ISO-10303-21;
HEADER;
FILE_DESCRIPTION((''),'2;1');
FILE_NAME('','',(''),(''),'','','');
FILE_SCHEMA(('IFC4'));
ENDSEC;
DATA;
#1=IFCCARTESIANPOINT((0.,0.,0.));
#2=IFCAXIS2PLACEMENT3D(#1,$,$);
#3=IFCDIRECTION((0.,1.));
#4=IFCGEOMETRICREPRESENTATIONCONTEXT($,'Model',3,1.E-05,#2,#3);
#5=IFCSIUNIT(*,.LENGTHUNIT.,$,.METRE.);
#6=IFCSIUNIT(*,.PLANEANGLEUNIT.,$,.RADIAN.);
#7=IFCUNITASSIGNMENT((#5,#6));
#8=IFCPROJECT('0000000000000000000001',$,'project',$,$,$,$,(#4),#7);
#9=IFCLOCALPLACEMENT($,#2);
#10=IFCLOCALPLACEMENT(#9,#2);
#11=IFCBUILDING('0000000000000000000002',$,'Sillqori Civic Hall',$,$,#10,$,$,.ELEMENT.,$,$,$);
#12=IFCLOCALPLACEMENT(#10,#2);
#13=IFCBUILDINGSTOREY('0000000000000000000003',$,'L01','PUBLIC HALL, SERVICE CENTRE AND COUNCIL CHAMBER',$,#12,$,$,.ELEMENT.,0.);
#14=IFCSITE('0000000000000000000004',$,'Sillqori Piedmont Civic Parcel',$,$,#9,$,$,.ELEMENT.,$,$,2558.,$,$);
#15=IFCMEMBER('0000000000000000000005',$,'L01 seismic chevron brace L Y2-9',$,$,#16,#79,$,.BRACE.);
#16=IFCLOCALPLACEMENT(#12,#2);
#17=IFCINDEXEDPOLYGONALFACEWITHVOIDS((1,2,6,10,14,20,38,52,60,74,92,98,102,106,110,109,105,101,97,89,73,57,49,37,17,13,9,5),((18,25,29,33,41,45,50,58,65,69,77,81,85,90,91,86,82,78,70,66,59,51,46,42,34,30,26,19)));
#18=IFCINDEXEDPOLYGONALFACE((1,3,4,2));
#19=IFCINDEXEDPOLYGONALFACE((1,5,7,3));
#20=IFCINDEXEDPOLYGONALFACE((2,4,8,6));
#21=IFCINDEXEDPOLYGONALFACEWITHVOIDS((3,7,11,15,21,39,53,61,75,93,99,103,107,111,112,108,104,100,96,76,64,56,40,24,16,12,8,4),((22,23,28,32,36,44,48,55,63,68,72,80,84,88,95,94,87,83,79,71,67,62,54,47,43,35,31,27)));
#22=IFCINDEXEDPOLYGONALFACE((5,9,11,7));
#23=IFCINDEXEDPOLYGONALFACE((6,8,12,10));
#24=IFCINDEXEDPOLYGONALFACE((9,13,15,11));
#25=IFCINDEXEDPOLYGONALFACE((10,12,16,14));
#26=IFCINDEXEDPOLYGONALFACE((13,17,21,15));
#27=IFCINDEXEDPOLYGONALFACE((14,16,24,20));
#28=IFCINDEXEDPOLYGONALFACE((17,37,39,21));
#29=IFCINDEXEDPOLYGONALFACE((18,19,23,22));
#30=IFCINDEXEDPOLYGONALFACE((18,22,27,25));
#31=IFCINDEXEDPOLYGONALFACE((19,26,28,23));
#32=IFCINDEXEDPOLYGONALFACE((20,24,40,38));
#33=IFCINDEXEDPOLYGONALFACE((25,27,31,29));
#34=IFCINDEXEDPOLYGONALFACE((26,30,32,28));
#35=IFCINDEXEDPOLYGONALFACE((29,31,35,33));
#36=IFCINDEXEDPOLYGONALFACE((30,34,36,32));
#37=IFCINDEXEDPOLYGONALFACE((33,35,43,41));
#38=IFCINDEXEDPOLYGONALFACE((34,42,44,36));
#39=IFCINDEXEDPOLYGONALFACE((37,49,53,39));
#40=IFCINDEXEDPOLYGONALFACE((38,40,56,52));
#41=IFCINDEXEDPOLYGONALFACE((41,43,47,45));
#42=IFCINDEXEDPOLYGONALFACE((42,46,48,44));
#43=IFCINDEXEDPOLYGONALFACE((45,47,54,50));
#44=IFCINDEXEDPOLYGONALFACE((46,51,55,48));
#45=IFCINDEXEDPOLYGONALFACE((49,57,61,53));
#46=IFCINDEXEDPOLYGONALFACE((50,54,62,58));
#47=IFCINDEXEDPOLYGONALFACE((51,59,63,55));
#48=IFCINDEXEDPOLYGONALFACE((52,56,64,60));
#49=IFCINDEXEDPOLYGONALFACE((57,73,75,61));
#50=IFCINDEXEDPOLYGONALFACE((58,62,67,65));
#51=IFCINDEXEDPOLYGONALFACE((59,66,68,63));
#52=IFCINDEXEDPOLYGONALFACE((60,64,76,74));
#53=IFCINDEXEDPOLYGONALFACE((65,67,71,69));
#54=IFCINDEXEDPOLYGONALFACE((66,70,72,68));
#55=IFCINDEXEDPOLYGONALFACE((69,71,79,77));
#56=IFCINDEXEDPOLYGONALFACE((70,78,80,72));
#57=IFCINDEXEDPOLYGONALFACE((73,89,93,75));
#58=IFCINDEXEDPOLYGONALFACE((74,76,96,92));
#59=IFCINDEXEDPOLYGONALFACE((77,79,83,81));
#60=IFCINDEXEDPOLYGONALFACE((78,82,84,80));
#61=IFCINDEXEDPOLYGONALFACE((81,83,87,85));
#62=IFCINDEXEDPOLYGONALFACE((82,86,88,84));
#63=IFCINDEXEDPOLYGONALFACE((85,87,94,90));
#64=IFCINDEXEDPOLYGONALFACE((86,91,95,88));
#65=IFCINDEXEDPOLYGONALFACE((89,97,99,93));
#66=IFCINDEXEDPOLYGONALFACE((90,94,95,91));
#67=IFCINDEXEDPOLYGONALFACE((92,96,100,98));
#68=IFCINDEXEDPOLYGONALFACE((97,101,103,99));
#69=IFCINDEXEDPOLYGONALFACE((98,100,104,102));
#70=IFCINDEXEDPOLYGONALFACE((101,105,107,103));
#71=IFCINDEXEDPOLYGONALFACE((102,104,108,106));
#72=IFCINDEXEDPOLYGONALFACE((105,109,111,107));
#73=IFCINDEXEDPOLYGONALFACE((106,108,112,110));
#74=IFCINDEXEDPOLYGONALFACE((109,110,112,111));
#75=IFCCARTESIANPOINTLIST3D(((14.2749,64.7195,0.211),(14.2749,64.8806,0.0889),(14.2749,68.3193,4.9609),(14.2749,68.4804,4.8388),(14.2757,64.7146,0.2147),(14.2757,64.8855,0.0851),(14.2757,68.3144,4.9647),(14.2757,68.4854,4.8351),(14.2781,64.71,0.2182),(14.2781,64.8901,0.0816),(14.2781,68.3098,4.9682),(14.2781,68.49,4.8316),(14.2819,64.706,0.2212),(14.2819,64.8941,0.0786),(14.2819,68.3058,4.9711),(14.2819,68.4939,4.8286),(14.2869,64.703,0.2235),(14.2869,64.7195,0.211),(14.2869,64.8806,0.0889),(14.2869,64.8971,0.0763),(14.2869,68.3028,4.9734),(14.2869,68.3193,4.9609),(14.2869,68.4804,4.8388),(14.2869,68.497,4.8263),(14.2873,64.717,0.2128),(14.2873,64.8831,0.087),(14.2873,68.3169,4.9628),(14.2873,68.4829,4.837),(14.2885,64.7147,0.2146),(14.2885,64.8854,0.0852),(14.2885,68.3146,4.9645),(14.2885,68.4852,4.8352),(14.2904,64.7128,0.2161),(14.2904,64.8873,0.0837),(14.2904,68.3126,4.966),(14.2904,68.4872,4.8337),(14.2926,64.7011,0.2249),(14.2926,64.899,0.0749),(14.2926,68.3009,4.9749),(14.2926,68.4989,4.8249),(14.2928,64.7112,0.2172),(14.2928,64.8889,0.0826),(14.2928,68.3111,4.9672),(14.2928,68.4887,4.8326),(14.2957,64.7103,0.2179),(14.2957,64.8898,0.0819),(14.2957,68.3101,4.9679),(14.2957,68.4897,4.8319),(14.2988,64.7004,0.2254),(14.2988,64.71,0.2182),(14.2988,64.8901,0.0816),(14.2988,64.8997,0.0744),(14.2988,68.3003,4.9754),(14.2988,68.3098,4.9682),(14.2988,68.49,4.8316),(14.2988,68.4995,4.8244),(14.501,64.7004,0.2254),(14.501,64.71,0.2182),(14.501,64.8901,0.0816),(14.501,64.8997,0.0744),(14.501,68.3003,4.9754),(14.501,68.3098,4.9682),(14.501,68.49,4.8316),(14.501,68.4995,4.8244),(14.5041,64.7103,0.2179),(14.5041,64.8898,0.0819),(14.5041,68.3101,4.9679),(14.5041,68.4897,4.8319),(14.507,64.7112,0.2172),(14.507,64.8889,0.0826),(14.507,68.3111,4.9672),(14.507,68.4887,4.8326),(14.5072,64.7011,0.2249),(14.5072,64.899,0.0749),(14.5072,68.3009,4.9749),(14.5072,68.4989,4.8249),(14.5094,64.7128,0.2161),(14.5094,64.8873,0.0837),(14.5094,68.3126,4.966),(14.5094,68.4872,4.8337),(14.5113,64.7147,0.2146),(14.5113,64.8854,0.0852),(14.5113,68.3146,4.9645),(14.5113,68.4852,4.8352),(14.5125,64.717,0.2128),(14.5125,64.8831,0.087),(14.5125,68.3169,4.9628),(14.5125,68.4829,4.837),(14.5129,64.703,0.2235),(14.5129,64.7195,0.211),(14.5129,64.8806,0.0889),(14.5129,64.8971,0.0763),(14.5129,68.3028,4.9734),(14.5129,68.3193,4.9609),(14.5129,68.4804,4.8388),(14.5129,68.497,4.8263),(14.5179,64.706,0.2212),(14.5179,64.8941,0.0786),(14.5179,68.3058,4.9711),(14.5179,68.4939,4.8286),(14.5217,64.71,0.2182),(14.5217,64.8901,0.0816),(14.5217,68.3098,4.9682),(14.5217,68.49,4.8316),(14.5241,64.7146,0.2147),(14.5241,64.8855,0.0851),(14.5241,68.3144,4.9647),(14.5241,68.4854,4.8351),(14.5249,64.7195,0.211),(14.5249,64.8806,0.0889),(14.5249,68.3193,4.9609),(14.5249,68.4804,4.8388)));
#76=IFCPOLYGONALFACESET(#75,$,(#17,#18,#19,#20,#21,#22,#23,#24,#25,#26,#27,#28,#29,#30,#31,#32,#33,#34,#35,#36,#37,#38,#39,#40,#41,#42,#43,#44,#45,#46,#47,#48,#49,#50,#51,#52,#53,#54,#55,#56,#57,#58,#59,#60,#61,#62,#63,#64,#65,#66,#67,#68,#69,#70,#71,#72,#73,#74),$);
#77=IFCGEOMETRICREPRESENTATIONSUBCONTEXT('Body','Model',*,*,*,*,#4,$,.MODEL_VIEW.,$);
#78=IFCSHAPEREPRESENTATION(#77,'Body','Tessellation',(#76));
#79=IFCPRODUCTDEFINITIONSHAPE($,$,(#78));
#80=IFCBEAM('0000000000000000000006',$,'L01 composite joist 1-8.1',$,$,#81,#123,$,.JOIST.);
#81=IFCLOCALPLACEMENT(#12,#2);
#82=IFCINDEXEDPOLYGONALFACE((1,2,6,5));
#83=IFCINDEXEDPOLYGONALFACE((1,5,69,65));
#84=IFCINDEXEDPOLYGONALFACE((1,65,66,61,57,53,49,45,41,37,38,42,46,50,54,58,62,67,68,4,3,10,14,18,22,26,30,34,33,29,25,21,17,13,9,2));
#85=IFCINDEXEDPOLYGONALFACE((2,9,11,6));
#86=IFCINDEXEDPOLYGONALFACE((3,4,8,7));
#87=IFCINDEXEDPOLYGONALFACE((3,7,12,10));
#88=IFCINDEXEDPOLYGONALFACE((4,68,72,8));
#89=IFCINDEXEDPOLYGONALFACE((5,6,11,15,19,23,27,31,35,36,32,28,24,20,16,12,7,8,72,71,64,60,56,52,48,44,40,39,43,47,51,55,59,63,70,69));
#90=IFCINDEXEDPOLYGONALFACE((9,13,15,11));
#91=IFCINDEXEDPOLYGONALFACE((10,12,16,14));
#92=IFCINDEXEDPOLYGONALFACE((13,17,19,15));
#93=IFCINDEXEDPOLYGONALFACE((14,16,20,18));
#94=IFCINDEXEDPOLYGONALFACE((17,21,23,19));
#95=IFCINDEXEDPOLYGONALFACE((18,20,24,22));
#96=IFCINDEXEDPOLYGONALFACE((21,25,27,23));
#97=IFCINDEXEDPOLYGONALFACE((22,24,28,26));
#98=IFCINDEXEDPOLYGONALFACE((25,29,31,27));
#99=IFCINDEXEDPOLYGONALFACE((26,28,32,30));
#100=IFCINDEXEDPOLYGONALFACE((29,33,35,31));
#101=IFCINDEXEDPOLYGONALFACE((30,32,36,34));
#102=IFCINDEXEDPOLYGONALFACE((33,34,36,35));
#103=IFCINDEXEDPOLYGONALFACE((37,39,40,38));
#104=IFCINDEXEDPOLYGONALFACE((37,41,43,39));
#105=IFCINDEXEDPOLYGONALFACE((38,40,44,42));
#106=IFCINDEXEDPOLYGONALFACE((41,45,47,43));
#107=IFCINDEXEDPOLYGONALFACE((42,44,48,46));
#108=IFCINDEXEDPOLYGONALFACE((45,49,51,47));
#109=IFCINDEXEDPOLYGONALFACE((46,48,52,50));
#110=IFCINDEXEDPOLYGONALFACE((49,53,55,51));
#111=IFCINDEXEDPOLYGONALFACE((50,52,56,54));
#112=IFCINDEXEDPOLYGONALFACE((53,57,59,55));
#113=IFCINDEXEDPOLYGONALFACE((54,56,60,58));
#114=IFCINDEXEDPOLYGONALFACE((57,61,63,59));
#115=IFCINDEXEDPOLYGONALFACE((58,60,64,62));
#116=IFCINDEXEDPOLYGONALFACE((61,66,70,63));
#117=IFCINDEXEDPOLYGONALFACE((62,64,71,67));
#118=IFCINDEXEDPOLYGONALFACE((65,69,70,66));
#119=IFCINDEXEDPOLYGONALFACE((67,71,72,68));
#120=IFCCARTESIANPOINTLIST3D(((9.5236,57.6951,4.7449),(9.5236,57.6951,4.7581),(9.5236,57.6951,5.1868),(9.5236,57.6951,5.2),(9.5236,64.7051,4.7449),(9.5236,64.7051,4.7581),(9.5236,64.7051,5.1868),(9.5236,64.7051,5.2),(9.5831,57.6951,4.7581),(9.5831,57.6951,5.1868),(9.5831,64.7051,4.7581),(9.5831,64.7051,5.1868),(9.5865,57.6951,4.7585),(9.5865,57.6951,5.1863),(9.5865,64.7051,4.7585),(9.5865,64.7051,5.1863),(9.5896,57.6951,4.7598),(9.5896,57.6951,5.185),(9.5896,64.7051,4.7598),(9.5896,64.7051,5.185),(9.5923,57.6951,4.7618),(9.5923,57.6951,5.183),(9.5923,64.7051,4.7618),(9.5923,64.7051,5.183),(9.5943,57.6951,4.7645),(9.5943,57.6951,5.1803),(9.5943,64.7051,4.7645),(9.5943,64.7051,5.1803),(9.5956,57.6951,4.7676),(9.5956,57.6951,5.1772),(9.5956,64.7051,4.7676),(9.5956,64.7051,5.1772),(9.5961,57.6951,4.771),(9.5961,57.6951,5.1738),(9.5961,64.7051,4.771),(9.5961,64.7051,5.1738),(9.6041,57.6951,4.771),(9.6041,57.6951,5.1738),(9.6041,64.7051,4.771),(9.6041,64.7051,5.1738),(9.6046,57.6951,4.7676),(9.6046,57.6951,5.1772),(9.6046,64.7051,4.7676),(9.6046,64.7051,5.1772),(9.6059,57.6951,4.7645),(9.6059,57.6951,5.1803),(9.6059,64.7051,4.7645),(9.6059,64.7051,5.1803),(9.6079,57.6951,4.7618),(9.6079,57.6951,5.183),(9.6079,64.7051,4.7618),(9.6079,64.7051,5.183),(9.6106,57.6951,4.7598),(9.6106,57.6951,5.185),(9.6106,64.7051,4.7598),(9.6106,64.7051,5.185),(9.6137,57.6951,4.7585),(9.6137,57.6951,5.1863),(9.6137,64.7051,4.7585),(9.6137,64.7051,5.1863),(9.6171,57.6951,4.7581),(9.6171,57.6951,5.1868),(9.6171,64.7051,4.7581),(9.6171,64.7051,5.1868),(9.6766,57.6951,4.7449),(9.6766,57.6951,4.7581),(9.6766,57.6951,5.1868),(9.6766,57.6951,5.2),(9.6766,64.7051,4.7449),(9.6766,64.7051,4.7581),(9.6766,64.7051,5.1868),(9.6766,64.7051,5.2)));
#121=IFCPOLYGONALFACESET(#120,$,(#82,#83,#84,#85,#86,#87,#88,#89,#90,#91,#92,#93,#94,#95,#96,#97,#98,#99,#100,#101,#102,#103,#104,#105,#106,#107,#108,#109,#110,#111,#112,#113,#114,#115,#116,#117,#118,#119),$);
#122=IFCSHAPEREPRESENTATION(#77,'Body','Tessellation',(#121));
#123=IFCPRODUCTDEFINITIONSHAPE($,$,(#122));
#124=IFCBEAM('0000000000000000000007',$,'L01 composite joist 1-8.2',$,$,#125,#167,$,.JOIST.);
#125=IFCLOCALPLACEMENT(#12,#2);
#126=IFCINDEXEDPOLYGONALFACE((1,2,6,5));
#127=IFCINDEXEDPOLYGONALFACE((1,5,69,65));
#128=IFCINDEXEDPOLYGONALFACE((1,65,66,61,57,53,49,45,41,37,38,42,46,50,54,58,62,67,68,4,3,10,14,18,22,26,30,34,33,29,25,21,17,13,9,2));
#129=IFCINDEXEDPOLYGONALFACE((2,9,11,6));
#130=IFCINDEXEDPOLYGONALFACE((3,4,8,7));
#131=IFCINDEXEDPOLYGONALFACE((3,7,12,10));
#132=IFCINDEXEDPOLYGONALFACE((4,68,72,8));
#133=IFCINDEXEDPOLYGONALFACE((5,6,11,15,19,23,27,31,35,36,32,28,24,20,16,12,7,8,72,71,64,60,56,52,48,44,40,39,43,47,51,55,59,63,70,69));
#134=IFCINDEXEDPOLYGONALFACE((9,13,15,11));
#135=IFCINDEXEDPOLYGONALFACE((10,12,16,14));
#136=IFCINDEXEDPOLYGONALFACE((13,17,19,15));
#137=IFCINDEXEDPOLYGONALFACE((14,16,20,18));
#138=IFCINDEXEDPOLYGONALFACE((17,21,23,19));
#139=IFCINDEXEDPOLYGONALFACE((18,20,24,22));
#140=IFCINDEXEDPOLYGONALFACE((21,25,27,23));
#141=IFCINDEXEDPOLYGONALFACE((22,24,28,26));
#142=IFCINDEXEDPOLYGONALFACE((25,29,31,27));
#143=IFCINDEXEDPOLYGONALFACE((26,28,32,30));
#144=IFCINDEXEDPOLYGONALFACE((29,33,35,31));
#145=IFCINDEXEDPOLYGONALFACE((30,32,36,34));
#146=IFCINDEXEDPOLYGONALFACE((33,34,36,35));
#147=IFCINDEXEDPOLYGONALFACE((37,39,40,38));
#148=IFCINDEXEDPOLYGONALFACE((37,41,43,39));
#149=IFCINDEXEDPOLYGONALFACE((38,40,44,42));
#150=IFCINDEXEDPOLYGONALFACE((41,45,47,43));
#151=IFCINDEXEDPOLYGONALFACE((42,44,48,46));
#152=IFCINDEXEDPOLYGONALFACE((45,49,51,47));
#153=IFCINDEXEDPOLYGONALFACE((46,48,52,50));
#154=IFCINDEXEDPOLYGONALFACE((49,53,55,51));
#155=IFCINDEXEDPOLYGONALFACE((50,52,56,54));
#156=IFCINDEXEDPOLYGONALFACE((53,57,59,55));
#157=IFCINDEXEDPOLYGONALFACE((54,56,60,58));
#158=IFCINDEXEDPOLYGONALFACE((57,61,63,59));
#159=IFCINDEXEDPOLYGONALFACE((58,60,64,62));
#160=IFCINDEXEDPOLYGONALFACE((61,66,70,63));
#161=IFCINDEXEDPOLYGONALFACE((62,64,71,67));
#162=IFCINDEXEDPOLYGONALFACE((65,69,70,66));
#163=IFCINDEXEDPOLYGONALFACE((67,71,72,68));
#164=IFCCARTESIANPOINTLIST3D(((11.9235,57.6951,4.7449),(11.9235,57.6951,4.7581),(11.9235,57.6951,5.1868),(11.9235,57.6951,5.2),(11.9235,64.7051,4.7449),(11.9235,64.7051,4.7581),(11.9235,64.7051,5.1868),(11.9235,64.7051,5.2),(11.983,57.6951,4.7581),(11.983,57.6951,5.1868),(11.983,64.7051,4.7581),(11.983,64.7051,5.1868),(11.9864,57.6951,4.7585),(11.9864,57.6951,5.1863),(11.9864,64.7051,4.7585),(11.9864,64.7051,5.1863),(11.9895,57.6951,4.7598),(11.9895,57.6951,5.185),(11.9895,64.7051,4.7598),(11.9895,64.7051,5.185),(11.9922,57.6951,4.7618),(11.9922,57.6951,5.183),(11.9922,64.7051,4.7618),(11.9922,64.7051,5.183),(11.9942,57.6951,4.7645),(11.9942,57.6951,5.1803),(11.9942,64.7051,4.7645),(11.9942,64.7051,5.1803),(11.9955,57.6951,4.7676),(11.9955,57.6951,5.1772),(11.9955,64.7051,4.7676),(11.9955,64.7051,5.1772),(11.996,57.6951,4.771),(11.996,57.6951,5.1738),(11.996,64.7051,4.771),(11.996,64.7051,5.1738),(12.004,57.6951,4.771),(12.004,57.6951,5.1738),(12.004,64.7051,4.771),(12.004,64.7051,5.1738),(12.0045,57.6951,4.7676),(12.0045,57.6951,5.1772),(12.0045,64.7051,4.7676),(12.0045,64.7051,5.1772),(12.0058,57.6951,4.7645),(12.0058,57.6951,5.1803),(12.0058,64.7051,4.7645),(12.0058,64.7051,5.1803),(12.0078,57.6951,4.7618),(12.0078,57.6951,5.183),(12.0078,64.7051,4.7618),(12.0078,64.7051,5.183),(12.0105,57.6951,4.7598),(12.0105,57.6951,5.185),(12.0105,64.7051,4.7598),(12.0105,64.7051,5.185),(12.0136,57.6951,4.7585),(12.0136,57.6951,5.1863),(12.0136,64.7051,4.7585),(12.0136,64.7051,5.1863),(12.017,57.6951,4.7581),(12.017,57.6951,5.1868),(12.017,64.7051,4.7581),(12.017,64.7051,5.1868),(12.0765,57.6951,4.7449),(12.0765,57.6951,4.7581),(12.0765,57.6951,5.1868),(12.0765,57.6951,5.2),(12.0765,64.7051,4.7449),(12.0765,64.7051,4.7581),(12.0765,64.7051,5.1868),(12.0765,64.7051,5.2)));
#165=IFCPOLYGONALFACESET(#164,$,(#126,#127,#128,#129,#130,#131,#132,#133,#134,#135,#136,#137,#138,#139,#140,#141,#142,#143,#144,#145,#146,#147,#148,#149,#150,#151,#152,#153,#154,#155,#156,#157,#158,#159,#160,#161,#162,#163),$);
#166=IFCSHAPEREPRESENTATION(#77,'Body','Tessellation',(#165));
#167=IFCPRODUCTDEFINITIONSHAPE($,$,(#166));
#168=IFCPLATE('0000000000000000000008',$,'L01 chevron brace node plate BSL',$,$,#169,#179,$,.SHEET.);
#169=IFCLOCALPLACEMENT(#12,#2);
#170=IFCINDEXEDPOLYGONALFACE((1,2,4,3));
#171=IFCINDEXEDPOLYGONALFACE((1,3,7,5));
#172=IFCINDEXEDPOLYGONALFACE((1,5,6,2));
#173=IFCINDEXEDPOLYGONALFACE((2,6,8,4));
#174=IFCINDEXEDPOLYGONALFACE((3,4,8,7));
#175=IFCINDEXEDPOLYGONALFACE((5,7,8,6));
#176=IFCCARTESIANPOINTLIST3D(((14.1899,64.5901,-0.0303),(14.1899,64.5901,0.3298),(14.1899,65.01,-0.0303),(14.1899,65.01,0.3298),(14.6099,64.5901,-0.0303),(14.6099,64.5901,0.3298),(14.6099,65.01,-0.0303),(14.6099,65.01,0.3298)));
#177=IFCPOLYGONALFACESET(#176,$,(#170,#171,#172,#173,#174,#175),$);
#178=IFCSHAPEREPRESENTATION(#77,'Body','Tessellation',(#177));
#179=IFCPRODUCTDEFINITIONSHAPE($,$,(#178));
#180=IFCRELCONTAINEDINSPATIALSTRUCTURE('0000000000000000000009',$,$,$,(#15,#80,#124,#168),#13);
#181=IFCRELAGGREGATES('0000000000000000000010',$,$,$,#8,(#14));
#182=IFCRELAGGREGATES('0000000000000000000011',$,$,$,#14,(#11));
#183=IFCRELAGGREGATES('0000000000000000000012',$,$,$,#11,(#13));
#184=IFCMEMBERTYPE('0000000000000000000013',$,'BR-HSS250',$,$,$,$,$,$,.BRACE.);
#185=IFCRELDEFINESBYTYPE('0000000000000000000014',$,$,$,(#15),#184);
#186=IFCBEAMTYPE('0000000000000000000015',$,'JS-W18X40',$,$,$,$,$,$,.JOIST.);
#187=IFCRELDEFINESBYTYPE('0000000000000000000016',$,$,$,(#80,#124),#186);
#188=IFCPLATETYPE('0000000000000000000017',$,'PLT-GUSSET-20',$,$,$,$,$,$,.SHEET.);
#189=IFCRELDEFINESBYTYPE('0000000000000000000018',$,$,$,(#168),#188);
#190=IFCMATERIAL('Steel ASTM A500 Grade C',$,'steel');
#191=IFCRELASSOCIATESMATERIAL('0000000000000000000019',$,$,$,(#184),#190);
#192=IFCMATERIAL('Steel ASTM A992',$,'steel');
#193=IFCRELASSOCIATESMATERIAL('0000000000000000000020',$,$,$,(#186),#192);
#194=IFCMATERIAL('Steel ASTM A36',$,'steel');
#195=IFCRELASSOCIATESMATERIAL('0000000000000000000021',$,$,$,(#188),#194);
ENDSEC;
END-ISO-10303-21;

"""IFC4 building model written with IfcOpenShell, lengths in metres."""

from ifc_helpers import new_model, si_unit, direction, frame, origin, origin_2d, place, context, subcontext, project, spatial, rectangle, hollow_rectangle, i_section, extrude, material, material_profile, profile_set, type_object, element, save


model = new_model("IFC4")

# Units and contexts
model_context = context("Model", 3, precision=1e-05, world=origin(), true_north=direction((0.0, 1.0)))
body_context = subcontext(model_context, "Body", "Model", "MODEL_VIEW")
ifc_project = project(units=[si_unit("LENGTHUNIT", "METRE"), si_unit("PLANEANGLEUNIT", "RADIAN")], contexts=[model_context])

# Site, building, storey
site_placement = place(None, origin())
site = spatial("IfcSite", under=ifc_project, at=site_placement, Name="Sillqori Piedmont Civic Parcel", CompositionType="ELEMENT", RefElevation=2558.0)
building_placement = place(site_placement, origin())
building = spatial("IfcBuilding", under=site, at=building_placement, Name="Sillqori Civic Hall", CompositionType="ELEMENT")
storey_placement = place(building_placement, origin())
storey = spatial("IfcBuildingStorey", under=building, at=storey_placement, Name="L01", Description="PUBLIC HALL, SERVICE CENTRE AND COUNCIL CHAMBER", CompositionType="ELEMENT", Elevation=0.0)

# Shared definitions
ifc_material_1 = material(Name="Steel ASTM A992", Category="steel")

# Member
ifc_material_2 = material(Name="Steel ASTM A500 Grade C", Category="steel")
ifc_material_profile_1 = material_profile(ifc_material_2, hollow_rectangle(XDim=0.25, YDim=0.25, WallThickness=0.012, InnerFilletRadius=0.012, OuterFilletRadius=0.0239, at=origin_2d()), Name="HSS250X250X12")
ifc_profile_set_1 = profile_set([ifc_material_profile_1], Name="Steel ASTM A500 Grade C")
member_type = type_object("IfcMemberType", Name="BR-HSS250", PredefinedType="BRACE", material=ifc_profile_set_1)
member_placement = place(storey_placement, frame((14.3999, 64.8, 0.1499), z_axis=(0.0, 0.604004, 0.796982), x_axis=(-1.0, 0.0, 0.0)))
element("IfcMember", 1, at=member_placement, inside=storey, type_object=member_type, Name="L01 seismic chevron brace L Y2-9", PredefinedType="BRACE", context=body_context, shape_type="SweptSolid", body=[
    extrude(hollow_rectangle(XDim=0.25, YDim=0.25, WallThickness=0.012, InnerFilletRadius=0.012, OuterFilletRadius=0.0239, at=origin_2d()), origin(), (0.0, 0.0, 1.0), 5.96),
])

# Beams
ifc_material_profile_2 = material_profile(ifc_material_1, i_section(OverallWidth=0.1531, OverallDepth=0.4551, WebThickness=0.0081, FlangeThickness=0.0132, FilletRadius=0.0129, at=origin_2d()), Name="W18X40")
ifc_profile_set_2 = profile_set([ifc_material_profile_2], Name="Steel ASTM A992")
beam_type_1 = type_object("IfcBeamType", Name="JS-W18X40", PredefinedType="JOIST", material=ifc_profile_set_2)
for number, where, z_axis, x_axis, name in (
    (2, (9.6001, 57.6951, 4.9724), (0.0, 1.0, 0.0), (-1.0, 0.0, 0.0), "L01 composite joist 1-8.1"),
    (3, (12.0, 57.6951, 4.9724), (0.0, 1.0, 0.0), (-1.0, 0.0, 0.0), "L01 composite joist 1-8.2"),
):
    element("IfcBeam", number, at=place(storey_placement, frame(where, z_axis=z_axis, x_axis=x_axis)), inside=storey, type_object=beam_type_1, Name=name, PredefinedType="JOIST", context=body_context, shape_type="SweptSolid", body=[
        extrude(i_section(OverallWidth=0.1531, OverallDepth=0.4551, WebThickness=0.0081, FlangeThickness=0.0132, FilletRadius=0.0129, at=origin_2d()), origin(), (0.0, 0.0, 1.0), 7.01),
    ])

# Plate
ifc_material_3 = material(Name="Steel ASTM A36", Category="steel")
plate_type = type_object("IfcPlateType", Name="PLT-GUSSET-20", PredefinedType="SHEET", material=ifc_material_3)
plate_placement = place(storey_placement, frame((14.3999, 64.8, -0.0303), z_axis=(0.0, 0.0, 1.0), x_axis=(1.0, 0.0, 0.0)))
element("IfcPlate", 4, at=plate_placement, inside=storey, type_object=plate_type, Name="L01 chevron brace node plate BSL", PredefinedType="SHEET", context=body_context, shape_type="SweptSolid", body=[
    extrude(rectangle(XDim=0.4199, YDim=0.4199, at=origin_2d()), origin(), (0.0, 0.0, 1.0), 0.3601),
])

save(model, "model.ifc")
